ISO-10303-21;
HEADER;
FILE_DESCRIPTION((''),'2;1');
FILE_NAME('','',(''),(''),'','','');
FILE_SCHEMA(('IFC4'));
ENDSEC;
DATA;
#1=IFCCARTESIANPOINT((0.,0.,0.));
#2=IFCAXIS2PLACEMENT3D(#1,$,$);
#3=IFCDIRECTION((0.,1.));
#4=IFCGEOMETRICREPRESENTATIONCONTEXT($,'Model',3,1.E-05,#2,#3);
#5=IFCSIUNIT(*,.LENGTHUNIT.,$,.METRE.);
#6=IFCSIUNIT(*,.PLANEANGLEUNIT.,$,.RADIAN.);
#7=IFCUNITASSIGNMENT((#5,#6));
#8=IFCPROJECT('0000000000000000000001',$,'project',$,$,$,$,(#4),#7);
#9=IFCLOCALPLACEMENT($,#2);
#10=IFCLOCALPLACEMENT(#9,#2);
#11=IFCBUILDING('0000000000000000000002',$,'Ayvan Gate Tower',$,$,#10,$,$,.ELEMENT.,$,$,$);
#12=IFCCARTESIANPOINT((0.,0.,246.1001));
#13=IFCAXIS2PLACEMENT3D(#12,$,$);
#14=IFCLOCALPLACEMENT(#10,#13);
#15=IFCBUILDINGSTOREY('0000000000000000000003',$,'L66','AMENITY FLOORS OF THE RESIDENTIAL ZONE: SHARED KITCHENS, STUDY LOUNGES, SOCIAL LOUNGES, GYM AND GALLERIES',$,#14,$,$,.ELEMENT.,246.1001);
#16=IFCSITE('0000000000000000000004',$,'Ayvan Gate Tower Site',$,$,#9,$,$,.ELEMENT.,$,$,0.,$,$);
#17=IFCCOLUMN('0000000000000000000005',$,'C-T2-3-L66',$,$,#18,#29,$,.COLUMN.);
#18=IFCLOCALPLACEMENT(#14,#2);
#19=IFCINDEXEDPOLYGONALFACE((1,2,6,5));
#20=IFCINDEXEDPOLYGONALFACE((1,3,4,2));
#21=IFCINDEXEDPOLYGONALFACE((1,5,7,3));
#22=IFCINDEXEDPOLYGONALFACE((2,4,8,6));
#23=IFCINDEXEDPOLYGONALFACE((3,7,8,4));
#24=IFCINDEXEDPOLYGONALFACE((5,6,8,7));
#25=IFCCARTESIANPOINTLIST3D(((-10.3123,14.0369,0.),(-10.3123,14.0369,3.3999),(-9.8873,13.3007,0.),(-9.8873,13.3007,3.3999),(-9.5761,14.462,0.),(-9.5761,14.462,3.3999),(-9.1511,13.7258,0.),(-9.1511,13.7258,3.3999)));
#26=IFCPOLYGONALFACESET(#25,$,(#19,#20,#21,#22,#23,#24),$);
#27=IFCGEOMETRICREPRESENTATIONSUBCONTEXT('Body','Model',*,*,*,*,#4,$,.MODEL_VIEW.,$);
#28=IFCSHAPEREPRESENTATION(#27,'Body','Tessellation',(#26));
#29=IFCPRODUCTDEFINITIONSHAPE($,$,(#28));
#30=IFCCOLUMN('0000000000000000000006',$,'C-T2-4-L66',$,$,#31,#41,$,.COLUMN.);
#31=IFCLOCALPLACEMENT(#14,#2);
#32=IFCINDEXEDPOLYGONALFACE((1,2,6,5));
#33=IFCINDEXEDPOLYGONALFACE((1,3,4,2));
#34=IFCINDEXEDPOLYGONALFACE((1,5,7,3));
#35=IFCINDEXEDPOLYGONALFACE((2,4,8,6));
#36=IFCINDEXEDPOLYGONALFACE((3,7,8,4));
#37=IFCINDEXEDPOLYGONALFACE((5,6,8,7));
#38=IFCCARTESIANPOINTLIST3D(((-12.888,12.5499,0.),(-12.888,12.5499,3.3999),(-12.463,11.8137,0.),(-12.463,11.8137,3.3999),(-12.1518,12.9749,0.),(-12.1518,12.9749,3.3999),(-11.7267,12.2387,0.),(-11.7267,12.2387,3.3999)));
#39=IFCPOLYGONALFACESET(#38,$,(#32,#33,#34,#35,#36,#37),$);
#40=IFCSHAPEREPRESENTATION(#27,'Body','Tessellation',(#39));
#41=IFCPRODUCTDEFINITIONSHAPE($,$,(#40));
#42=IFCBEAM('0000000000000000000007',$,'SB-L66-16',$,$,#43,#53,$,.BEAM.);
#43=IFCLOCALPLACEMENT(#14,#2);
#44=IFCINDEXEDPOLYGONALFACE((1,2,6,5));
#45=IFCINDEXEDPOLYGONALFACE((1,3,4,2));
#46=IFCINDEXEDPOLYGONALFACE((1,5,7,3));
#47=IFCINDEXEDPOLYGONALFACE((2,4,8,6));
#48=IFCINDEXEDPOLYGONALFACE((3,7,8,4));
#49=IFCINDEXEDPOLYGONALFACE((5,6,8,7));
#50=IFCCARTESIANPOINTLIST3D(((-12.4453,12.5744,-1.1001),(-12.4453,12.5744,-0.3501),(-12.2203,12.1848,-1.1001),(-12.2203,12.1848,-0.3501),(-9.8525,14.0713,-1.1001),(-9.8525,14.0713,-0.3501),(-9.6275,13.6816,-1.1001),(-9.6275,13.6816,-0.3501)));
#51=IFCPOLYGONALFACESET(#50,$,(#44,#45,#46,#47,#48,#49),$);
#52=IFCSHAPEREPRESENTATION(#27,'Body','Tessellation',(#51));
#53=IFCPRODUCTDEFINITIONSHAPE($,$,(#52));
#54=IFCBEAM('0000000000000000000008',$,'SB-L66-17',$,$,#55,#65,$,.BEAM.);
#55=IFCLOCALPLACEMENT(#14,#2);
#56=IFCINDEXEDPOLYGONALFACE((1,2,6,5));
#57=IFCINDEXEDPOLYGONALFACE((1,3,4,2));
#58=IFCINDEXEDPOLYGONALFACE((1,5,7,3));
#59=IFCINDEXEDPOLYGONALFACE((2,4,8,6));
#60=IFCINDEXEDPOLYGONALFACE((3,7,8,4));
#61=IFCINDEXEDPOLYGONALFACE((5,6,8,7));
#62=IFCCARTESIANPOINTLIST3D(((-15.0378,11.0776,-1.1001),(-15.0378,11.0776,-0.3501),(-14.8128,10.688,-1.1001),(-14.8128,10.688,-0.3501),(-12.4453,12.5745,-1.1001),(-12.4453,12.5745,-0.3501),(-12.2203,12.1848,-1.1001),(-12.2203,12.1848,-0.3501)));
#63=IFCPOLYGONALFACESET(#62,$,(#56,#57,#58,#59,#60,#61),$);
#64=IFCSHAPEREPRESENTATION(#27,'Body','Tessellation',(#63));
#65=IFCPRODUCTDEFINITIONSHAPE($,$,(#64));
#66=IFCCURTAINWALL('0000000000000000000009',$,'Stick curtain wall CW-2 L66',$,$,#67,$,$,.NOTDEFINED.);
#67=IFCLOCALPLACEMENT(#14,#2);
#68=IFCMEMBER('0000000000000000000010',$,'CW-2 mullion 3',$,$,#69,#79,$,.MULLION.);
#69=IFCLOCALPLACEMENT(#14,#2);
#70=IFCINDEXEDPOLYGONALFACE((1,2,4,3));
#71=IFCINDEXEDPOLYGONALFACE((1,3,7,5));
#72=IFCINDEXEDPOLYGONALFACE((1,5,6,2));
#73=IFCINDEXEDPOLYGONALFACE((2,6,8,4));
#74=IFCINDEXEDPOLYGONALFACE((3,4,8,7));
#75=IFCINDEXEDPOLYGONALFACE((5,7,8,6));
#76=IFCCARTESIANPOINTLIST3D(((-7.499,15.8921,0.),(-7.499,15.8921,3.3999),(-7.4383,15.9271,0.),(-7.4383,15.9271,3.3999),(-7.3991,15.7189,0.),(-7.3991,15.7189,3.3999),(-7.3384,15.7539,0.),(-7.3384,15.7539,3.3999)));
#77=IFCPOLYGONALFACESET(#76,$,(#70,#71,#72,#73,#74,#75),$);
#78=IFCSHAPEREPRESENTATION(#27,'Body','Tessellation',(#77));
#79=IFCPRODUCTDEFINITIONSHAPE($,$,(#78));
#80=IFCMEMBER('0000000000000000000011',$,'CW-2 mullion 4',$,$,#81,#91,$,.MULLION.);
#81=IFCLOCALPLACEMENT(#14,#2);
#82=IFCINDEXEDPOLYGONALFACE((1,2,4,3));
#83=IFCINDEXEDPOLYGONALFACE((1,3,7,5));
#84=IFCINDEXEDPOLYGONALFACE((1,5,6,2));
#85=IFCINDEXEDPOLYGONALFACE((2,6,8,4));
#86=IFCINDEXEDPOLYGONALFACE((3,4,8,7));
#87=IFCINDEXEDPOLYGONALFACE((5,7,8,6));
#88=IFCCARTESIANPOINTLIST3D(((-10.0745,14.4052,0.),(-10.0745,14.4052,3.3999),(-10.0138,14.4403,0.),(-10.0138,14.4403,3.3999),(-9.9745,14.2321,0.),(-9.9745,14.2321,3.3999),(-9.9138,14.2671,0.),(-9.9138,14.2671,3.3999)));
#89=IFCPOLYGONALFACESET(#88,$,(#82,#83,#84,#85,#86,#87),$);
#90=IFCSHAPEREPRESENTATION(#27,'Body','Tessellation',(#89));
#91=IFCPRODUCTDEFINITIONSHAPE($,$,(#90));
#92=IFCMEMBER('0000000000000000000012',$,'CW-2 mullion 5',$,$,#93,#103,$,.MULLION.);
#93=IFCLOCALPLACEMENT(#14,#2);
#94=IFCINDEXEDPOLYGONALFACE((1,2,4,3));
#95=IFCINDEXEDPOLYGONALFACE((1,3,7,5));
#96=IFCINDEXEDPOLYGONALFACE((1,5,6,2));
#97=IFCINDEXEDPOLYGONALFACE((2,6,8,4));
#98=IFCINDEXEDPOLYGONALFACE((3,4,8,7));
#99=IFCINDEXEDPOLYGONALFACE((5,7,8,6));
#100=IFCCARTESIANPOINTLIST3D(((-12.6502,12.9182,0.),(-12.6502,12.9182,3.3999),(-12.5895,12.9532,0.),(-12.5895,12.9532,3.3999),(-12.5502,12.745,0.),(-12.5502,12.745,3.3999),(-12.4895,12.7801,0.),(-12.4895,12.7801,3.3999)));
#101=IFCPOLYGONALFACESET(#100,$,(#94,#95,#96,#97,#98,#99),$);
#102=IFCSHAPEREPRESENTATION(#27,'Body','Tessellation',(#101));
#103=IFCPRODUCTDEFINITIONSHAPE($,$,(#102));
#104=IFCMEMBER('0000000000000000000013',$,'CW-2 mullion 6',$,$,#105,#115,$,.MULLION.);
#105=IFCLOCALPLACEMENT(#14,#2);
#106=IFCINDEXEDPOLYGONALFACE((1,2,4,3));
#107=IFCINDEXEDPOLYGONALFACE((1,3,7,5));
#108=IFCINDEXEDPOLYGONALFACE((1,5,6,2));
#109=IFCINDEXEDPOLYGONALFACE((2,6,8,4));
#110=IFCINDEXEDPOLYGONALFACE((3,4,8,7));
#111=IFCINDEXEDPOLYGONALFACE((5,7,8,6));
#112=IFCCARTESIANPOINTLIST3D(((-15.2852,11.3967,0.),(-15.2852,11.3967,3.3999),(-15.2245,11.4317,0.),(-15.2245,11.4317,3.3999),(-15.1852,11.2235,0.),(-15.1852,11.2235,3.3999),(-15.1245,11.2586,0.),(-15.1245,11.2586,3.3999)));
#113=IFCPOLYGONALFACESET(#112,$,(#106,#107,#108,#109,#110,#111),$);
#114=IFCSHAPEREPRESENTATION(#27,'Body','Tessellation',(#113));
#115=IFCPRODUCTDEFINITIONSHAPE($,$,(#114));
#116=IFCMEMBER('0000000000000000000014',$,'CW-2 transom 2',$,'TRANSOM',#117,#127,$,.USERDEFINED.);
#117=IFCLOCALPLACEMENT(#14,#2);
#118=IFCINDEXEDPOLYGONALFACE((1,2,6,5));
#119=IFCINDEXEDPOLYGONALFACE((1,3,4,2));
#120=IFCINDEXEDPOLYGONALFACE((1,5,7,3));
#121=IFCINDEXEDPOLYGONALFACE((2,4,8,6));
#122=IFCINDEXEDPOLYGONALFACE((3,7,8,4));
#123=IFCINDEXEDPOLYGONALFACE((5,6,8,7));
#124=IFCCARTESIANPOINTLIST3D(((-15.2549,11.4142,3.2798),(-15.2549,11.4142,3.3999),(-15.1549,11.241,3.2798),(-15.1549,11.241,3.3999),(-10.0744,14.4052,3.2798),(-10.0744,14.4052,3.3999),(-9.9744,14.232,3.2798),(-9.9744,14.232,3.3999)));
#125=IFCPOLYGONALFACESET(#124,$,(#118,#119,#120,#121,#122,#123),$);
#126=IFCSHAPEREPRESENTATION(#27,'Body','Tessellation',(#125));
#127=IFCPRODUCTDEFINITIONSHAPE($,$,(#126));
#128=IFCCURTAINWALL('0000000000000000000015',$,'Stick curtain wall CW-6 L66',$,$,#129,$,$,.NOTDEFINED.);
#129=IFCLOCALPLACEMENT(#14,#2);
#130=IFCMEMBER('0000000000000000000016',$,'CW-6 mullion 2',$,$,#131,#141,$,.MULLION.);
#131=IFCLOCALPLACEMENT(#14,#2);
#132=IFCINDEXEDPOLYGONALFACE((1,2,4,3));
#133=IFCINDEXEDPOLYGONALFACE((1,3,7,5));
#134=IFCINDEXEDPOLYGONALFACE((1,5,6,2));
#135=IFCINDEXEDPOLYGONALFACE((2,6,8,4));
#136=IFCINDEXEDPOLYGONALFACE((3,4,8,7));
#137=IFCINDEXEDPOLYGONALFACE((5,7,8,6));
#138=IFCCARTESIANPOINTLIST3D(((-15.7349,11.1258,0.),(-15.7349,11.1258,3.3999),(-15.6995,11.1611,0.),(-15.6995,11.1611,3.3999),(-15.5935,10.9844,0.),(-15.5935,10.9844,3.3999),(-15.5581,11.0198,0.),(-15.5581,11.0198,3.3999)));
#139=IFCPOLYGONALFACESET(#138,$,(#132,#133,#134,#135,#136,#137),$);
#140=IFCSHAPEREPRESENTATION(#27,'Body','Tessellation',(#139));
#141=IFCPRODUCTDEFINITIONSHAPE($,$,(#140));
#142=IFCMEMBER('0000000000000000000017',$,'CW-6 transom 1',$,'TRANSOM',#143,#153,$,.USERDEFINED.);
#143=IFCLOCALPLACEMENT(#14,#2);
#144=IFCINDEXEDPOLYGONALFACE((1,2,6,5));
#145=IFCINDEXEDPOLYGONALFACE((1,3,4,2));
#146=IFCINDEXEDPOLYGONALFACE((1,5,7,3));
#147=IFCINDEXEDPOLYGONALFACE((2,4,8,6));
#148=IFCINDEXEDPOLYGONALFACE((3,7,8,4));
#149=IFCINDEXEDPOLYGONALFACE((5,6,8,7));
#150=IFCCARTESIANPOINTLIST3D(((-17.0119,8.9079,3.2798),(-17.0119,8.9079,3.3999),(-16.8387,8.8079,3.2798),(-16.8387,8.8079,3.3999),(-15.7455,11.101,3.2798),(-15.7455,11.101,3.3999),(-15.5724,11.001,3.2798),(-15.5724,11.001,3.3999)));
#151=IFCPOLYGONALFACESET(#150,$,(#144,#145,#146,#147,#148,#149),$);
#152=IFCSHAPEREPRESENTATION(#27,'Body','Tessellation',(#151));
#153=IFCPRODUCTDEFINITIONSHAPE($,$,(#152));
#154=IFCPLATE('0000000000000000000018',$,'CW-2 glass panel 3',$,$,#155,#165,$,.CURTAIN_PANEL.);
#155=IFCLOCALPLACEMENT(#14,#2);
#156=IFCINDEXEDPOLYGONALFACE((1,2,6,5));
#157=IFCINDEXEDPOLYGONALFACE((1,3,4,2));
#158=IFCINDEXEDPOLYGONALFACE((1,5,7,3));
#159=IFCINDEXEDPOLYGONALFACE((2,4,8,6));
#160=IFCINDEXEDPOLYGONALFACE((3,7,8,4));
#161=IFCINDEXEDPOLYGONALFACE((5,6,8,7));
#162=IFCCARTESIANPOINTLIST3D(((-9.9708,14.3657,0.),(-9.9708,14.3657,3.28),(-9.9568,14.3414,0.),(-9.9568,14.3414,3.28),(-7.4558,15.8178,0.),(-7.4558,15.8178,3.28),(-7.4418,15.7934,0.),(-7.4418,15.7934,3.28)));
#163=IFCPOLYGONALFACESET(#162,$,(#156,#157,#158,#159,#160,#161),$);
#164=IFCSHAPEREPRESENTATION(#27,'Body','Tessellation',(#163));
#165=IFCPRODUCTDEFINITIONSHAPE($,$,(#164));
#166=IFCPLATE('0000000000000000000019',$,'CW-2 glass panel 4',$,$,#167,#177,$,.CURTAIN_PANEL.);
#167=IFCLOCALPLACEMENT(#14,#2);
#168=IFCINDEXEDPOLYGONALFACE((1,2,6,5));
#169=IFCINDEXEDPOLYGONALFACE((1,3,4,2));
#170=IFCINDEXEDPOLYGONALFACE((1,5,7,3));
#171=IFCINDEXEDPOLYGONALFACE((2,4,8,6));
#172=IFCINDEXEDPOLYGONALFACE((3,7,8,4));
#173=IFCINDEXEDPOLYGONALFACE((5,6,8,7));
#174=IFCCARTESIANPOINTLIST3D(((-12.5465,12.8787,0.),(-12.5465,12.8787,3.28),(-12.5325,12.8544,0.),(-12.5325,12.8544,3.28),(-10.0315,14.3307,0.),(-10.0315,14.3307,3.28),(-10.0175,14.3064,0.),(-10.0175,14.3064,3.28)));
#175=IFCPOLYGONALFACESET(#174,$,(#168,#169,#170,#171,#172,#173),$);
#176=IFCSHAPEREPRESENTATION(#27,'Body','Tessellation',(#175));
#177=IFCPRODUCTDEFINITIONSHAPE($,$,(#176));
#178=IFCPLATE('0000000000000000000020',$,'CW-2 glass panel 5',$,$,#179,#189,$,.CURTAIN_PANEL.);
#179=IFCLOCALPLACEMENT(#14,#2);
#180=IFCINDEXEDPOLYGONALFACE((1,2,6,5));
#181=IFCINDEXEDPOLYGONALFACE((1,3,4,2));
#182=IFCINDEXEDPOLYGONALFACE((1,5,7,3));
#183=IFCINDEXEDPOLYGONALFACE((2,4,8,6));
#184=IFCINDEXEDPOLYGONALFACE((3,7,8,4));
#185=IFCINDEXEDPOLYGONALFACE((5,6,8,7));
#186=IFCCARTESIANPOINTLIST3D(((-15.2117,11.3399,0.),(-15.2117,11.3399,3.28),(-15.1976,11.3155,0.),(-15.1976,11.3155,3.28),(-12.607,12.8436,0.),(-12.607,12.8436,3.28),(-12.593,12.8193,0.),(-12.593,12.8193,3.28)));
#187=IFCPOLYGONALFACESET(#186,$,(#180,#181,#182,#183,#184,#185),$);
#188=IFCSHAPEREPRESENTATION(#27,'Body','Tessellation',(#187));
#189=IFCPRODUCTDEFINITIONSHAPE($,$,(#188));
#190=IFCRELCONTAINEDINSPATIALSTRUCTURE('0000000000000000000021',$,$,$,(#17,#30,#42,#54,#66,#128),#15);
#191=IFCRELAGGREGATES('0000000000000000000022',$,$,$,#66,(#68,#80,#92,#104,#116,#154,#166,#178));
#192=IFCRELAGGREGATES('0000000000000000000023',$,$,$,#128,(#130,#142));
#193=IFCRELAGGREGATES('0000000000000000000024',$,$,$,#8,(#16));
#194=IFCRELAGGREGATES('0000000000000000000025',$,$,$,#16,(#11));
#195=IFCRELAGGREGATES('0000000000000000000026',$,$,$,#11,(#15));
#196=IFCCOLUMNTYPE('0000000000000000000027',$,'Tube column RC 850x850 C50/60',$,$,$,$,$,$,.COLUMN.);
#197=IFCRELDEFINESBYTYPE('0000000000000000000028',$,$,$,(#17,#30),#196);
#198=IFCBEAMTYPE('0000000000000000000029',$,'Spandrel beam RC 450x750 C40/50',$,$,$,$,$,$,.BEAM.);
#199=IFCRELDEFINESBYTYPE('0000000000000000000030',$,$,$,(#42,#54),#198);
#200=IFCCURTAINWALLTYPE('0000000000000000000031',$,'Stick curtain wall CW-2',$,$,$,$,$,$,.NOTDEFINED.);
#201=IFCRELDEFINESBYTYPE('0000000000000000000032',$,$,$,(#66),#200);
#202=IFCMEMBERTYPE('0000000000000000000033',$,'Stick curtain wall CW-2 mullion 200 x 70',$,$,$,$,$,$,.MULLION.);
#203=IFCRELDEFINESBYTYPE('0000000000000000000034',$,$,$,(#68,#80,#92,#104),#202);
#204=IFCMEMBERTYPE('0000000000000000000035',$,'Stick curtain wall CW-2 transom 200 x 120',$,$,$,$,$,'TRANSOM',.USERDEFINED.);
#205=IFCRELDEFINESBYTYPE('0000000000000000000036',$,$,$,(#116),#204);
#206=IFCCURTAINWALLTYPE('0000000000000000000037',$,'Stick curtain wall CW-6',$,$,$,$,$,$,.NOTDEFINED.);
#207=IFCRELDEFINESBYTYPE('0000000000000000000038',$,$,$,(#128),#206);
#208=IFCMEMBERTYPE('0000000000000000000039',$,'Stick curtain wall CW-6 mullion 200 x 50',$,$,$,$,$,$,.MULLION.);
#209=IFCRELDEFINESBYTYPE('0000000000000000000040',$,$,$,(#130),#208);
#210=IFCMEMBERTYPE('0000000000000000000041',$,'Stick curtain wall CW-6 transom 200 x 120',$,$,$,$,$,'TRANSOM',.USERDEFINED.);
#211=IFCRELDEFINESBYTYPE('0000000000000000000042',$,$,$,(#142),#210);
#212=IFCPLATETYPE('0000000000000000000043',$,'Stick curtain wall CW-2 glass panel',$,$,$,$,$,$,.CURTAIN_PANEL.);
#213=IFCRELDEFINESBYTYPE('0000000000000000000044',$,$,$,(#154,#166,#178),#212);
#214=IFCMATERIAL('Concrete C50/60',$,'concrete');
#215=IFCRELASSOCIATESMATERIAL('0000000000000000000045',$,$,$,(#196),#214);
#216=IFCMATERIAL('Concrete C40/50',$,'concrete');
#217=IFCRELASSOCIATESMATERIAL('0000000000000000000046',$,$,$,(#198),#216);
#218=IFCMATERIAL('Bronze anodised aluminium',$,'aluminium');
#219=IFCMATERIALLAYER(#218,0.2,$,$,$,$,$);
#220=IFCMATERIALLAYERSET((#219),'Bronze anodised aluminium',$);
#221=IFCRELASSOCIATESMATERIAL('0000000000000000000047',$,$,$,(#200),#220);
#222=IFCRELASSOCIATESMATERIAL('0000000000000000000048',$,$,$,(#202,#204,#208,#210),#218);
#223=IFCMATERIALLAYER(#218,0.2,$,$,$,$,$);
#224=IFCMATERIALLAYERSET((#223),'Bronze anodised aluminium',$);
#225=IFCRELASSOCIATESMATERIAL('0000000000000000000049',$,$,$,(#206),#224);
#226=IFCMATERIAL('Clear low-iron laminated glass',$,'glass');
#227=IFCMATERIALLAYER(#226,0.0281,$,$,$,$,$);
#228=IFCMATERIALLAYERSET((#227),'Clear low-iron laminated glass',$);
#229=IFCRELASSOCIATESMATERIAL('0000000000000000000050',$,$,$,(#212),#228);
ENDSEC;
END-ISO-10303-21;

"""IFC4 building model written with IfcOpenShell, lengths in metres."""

from ifc_helpers import new_model, si_unit, direction, frame, origin, origin_2d, place, context, subcontext, project, spatial, rectangle, extrude, material, layer, layer_set, material_profile, profile_set, type_object, element, aggregate, save


model = new_model("IFC4")

# Units and contexts
model_context = context("Model", 3, precision=1e-05, world=origin(), true_north=direction((0.0, 1.0)))
body_context = subcontext(model_context, "Body", "Model", "MODEL_VIEW")
ifc_project = project(units=[si_unit("LENGTHUNIT", "METRE"), si_unit("PLANEANGLEUNIT", "RADIAN")], contexts=[model_context])

# Site, building, storey
site_placement = place(None, origin())
site = spatial("IfcSite", under=ifc_project, at=site_placement, Name="Ayvan Gate Tower Site", CompositionType="ELEMENT", RefElevation=0.0)
building_placement = place(site_placement, origin())
building = spatial("IfcBuilding", under=site, at=building_placement, Name="Ayvan Gate Tower", CompositionType="ELEMENT")
storey_placement = place(building_placement, frame((0.0, 0.0, 246.1001)))
storey = spatial("IfcBuildingStorey", under=building, at=storey_placement, Name="L66", Description="AMENITY FLOORS OF THE RESIDENTIAL ZONE: SHARED KITCHENS, STUDY LOUNGES, SOCIAL LOUNGES, GYM AND GALLERIES", CompositionType="ELEMENT", Elevation=246.1001)

# Columns
ifc_material_1 = material(Name="Concrete C50/60", Category="concrete")
ifc_material_profile_1 = material_profile(ifc_material_1, rectangle(XDim=0.8501, YDim=0.8501, at=origin_2d()), Name="RC 850x850")
ifc_profile_set_1 = profile_set([ifc_material_profile_1], Name="Concrete C50/60")
column_type = type_object("IfcColumnType", Name="Tube column RC 850x850 C50/60", PredefinedType="COLUMN", material=ifc_profile_set_1)
for number, where, z_axis, x_axis, name in (
    (1, (-9.7317, 13.8813, 0.0), (0.0, 0.0, 1.0), (-0.5, 0.866025, 0.0), "C-T2-3-L66"),
    (2, (-12.3074, 12.3943, 0.0), (0.0, 0.0, 1.0), (-0.5, 0.866025, 0.0), "C-T2-4-L66"),
):
    element("IfcColumn", number, at=place(storey_placement, frame(where, z_axis=z_axis, x_axis=x_axis)), inside=storey, type_object=column_type, Name=name, PredefinedType="COLUMN", context=body_context, shape_type="SweptSolid", body=[
        extrude(rectangle(XDim=0.8501, YDim=0.8501, at=origin_2d()), origin(), (0.0, 0.0, 1.0), 3.3999),
    ])

# Beams
ifc_material_2 = material(Name="Concrete C40/50", Category="concrete")
ifc_material_profile_2 = material_profile(ifc_material_2, rectangle(XDim=0.45, YDim=0.75, at=origin_2d()), Name="RC 450x750")
ifc_profile_set_2 = profile_set([ifc_material_profile_2], Name="Concrete C40/50")
beam_type = type_object("IfcBeamType", Name="Spandrel beam RC 450x750 C40/50", PredefinedType="BEAM", material=ifc_profile_set_2)
beam_1_placement = place(storey_placement, frame((-9.74, 13.8765, -0.7251), z_axis=(-0.866042, -0.499972, 0.0), x_axis=(0.499972, -0.866042, 0.0)))
element("IfcBeam", 3, at=beam_1_placement, inside=storey, type_object=beam_type, Name="SB-L66-16", PredefinedType="BEAM", context=body_context, shape_type="SweptSolid", body=[
    extrude(rectangle(XDim=0.45, YDim=0.75, at=origin_2d()), origin(), (0.0, 0.0, 1.0), 2.9939),
])
beam_2_placement = place(storey_placement, frame((-12.3328, 12.3796, -0.7251), z_axis=(-0.866021, -0.500007, 0.0), x_axis=(0.500007, -0.866021, 0.0)))
element("IfcBeam", 4, at=beam_2_placement, inside=storey, type_object=beam_type, Name="SB-L66-17", PredefinedType="BEAM", context=body_context, shape_type="SweptSolid", body=[
    extrude(rectangle(XDim=0.45, YDim=0.75, at=origin_2d()), origin(), (0.0, 0.0, 1.0), 2.9937),
])

# Curtain walls, members
ifc_material_3 = material(Name="Bronze anodised aluminium", Category="aluminium")
ifc_layer_1 = layer(ifc_material_3, 0.2)
ifc_layer_set_1 = layer_set([ifc_layer_1], Name="Bronze anodised aluminium")
curtain_wall_type_1 = type_object("IfcCurtainWallType", Name="Stick curtain wall CW-2", PredefinedType="NOTDEFINED", material=ifc_layer_set_1)
curtain_wall_1_placement = place(storey_placement, origin())
curtain_wall_1 = element("IfcCurtainWall", 5, at=curtain_wall_1_placement, inside=storey, type_object=curtain_wall_type_1, Name="Stick curtain wall CW-2 L66", PredefinedType="NOTDEFINED")
ifc_material_profile_3 = material_profile(ifc_material_3, rectangle(XDim=0.2, YDim=0.0701, at=origin_2d()), Name="Stick curtain wall CW-2 mullion 200 x 70")
ifc_profile_set_3 = profile_set([ifc_material_profile_3], Name="Bronze anodised aluminium")
member_type_1 = type_object("IfcMemberType", Name="Stick curtain wall CW-2 mullion 200 x 70", PredefinedType="MULLION", material=ifc_profile_set_3)
member_1_placement = place(storey_placement, frame((-7.4187, 15.823, 0.0), z_axis=(0.0, 0.0, 1.0), x_axis=(-0.5, 0.866025, 0.0)))
member_1 = element("IfcMember", 6, at=member_1_placement, type_object=member_type_1, Name="CW-2 mullion 3", PredefinedType="MULLION", context=body_context, shape_type="SweptSolid", body=[
    extrude(rectangle(XDim=0.2, YDim=0.0701, at=origin_2d()), origin(), (0.0, 0.0, 1.0), 3.3999),
])
member_2_placement = place(storey_placement, frame((-9.9941, 14.3362, 0.0), z_axis=(0.0, 0.0, 1.0), x_axis=(-0.5, 0.866025, 0.0)))
member_2 = element("IfcMember", 7, at=member_2_placement, type_object=member_type_1, Name="CW-2 mullion 4", PredefinedType="MULLION", context=body_context, shape_type="SweptSolid", body=[
    extrude(rectangle(XDim=0.2, YDim=0.0701, at=origin_2d()), origin(), (0.0, 0.0, 1.0), 3.3999),
])
member_3_placement = place(storey_placement, frame((-12.5698, 12.8491, 0.0), z_axis=(0.0, 0.0, 1.0), x_axis=(-0.5, 0.866025, 0.0)))
member_3 = element("IfcMember", 8, at=member_3_placement, type_object=member_type_1, Name="CW-2 mullion 5", PredefinedType="MULLION", context=body_context, shape_type="SweptSolid", body=[
    extrude(rectangle(XDim=0.2, YDim=0.0701, at=origin_2d()), origin(), (0.0, 0.0, 1.0), 3.3999),
])
member_4_placement = place(storey_placement, frame((-15.2048, 11.3276, 0.0), z_axis=(0.0, 0.0, 1.0), x_axis=(-0.5, 0.866025, 0.0)))
member_4 = element("IfcMember", 9, at=member_4_placement, type_object=member_type_1, Name="CW-2 mullion 6", PredefinedType="MULLION", context=body_context, shape_type="SweptSolid", body=[
    extrude(rectangle(XDim=0.2, YDim=0.0701, at=origin_2d()), origin(), (0.0, 0.0, 1.0), 3.3999),
])
ifc_material_profile_4 = material_profile(ifc_material_3, rectangle(XDim=0.2, YDim=0.1201, at=origin_2d()), Name="Stick curtain wall CW-2 transom 200 x 120")
ifc_profile_set_4 = profile_set([ifc_material_profile_4], Name="Bronze anodised aluminium")
member_type_2 = type_object("IfcMemberType", Name="Stick curtain wall CW-2 transom 200 x 120", ElementType="TRANSOM", PredefinedType="USERDEFINED", material=ifc_profile_set_4)
member_5_placement = place(storey_placement, frame((-10.0244, 14.3186, 3.3398), z_axis=(-0.866022, -0.500006, 0.0), x_axis=(0.500006, -0.866022, 0.0)))
member_5 = element("IfcMember", 10, at=member_5_placement, type_object=member_type_2, Name="CW-2 transom 2", ObjectType="TRANSOM", PredefinedType="USERDEFINED", context=body_context, shape_type="SweptSolid", body=[
    extrude(rectangle(XDim=0.2, YDim=0.1201, at=origin_2d()), origin(), (0.0, 0.0, 1.0), 5.9819),
])
ifc_layer_2 = layer(ifc_material_3, 0.2)
ifc_layer_set_2 = layer_set([ifc_layer_2], Name="Bronze anodised aluminium")
curtain_wall_type_2 = type_object("IfcCurtainWallType", Name="Stick curtain wall CW-6", PredefinedType="NOTDEFINED", material=ifc_layer_set_2)
curtain_wall_2_placement = place(storey_placement, origin())
curtain_wall_2 = element("IfcCurtainWall", 11, at=curtain_wall_2_placement, inside=storey, type_object=curtain_wall_type_2, Name="Stick curtain wall CW-6 L66", PredefinedType="NOTDEFINED")
ifc_material_profile_5 = material_profile(ifc_material_3, rectangle(XDim=0.2, YDim=0.05, at=origin_2d()), Name="Stick curtain wall CW-6 mullion 200 x 50")
ifc_profile_set_5 = profile_set([ifc_material_profile_5], Name="Bronze anodised aluminium")
member_type_3 = type_object("IfcMemberType", Name="Stick curtain wall CW-6 mullion 200 x 50", PredefinedType="MULLION", material=ifc_profile_set_5)
member_6_placement = place(storey_placement, frame((-15.6465, 11.0728, 0.0), z_axis=(0.0, 0.0, 1.0), x_axis=(-0.707107, 0.707107, 0.0)))
member_6 = element("IfcMember", 12, at=member_6_placement, type_object=member_type_3, Name="CW-6 mullion 2", PredefinedType="MULLION", context=body_context, shape_type="SweptSolid", body=[
    extrude(rectangle(XDim=0.2, YDim=0.05, at=origin_2d()), origin(), (0.0, 0.0, 1.0), 3.3999),
])
ifc_material_profile_6 = material_profile(ifc_material_3, rectangle(XDim=0.2, YDim=0.1201, at=origin_2d()), Name="Stick curtain wall CW-6 transom 200 x 120")
ifc_profile_set_6 = profile_set([ifc_material_profile_6], Name="Bronze anodised aluminium")
member_type_4 = type_object("IfcMemberType", Name="Stick curtain wall CW-6 transom 200 x 120", ElementType="TRANSOM", PredefinedType="USERDEFINED", material=ifc_profile_set_6)
member_7_placement = place(storey_placement, frame((-15.6589, 11.051, 3.3398), z_axis=(-0.500048, -0.865998, 0.0), x_axis=(0.865998, -0.500048, 0.0)))
member_7 = element("IfcMember", 13, at=member_7_placement, type_object=member_type_4, Name="CW-6 transom 1", ObjectType="TRANSOM", PredefinedType="USERDEFINED", context=body_context, shape_type="SweptSolid", body=[
    extrude(rectangle(XDim=0.2, YDim=0.1201, at=origin_2d()), origin(), (0.0, 0.0, 1.0), 2.5325),
])

# Plates
ifc_material_4 = material(Name="Clear low-iron laminated glass", Category="glass")
ifc_layer_3 = layer(ifc_material_4, 0.0281)
ifc_layer_set_3 = layer_set([ifc_layer_3], Name="Clear low-iron laminated glass")
plate_type_1 = type_object("IfcPlateType", Name="Stick curtain wall CW-2 glass panel", PredefinedType="CURTAIN_PANEL", material=ifc_layer_set_3)
plate_1_placement = place(storey_placement, frame((-8.7063, 15.0796, 0.0), z_axis=(0.0, 0.0, 1.0), x_axis=(-0.866025, -0.5, 0.0)))
plate_1 = element("IfcPlate", 14, at=plate_1_placement, type_object=plate_type_1, Name="CW-2 glass panel 3", PredefinedType="CURTAIN_PANEL", context=body_context, shape_type="SweptSolid", body=[
    extrude(rectangle(XDim=2.9041, YDim=0.0281, at=origin_2d()), origin(), (0.0, 0.0, 1.0), 3.28),
])
plate_2_placement = place(storey_placement, frame((-11.282, 13.5925, 0.0), z_axis=(0.0, 0.0, 1.0), x_axis=(-0.866025, -0.5, 0.0)))
plate_2 = element("IfcPlate", 15, at=plate_2_placement, type_object=plate_type_1, Name="CW-2 glass panel 4", PredefinedType="CURTAIN_PANEL", context=body_context, shape_type="SweptSolid", body=[
    extrude(rectangle(XDim=2.9041, YDim=0.0281, at=origin_2d()), origin(), (0.0, 0.0, 1.0), 3.28),
])
plate_3_placement = place(storey_placement, frame((-13.9023, 12.0796, 0.0), z_axis=(0.0, 0.0, 1.0), x_axis=(-0.866025, -0.5, 0.0)))
plate_3 = element("IfcPlate", 16, at=plate_3_placement, type_object=plate_type_1, Name="CW-2 glass panel 5", PredefinedType="CURTAIN_PANEL", context=body_context, shape_type="SweptSolid", body=[
    extrude(rectangle(XDim=3.0076, YDim=0.0281, at=origin_2d()), origin(), (0.0, 0.0, 1.0), 3.28),
])
aggregate(curtain_wall_1, [member_1, member_2, member_3, member_4, member_5, plate_1, plate_2, plate_3])
aggregate(curtain_wall_2, [member_6, member_7])

save(model, "model.ifc")
